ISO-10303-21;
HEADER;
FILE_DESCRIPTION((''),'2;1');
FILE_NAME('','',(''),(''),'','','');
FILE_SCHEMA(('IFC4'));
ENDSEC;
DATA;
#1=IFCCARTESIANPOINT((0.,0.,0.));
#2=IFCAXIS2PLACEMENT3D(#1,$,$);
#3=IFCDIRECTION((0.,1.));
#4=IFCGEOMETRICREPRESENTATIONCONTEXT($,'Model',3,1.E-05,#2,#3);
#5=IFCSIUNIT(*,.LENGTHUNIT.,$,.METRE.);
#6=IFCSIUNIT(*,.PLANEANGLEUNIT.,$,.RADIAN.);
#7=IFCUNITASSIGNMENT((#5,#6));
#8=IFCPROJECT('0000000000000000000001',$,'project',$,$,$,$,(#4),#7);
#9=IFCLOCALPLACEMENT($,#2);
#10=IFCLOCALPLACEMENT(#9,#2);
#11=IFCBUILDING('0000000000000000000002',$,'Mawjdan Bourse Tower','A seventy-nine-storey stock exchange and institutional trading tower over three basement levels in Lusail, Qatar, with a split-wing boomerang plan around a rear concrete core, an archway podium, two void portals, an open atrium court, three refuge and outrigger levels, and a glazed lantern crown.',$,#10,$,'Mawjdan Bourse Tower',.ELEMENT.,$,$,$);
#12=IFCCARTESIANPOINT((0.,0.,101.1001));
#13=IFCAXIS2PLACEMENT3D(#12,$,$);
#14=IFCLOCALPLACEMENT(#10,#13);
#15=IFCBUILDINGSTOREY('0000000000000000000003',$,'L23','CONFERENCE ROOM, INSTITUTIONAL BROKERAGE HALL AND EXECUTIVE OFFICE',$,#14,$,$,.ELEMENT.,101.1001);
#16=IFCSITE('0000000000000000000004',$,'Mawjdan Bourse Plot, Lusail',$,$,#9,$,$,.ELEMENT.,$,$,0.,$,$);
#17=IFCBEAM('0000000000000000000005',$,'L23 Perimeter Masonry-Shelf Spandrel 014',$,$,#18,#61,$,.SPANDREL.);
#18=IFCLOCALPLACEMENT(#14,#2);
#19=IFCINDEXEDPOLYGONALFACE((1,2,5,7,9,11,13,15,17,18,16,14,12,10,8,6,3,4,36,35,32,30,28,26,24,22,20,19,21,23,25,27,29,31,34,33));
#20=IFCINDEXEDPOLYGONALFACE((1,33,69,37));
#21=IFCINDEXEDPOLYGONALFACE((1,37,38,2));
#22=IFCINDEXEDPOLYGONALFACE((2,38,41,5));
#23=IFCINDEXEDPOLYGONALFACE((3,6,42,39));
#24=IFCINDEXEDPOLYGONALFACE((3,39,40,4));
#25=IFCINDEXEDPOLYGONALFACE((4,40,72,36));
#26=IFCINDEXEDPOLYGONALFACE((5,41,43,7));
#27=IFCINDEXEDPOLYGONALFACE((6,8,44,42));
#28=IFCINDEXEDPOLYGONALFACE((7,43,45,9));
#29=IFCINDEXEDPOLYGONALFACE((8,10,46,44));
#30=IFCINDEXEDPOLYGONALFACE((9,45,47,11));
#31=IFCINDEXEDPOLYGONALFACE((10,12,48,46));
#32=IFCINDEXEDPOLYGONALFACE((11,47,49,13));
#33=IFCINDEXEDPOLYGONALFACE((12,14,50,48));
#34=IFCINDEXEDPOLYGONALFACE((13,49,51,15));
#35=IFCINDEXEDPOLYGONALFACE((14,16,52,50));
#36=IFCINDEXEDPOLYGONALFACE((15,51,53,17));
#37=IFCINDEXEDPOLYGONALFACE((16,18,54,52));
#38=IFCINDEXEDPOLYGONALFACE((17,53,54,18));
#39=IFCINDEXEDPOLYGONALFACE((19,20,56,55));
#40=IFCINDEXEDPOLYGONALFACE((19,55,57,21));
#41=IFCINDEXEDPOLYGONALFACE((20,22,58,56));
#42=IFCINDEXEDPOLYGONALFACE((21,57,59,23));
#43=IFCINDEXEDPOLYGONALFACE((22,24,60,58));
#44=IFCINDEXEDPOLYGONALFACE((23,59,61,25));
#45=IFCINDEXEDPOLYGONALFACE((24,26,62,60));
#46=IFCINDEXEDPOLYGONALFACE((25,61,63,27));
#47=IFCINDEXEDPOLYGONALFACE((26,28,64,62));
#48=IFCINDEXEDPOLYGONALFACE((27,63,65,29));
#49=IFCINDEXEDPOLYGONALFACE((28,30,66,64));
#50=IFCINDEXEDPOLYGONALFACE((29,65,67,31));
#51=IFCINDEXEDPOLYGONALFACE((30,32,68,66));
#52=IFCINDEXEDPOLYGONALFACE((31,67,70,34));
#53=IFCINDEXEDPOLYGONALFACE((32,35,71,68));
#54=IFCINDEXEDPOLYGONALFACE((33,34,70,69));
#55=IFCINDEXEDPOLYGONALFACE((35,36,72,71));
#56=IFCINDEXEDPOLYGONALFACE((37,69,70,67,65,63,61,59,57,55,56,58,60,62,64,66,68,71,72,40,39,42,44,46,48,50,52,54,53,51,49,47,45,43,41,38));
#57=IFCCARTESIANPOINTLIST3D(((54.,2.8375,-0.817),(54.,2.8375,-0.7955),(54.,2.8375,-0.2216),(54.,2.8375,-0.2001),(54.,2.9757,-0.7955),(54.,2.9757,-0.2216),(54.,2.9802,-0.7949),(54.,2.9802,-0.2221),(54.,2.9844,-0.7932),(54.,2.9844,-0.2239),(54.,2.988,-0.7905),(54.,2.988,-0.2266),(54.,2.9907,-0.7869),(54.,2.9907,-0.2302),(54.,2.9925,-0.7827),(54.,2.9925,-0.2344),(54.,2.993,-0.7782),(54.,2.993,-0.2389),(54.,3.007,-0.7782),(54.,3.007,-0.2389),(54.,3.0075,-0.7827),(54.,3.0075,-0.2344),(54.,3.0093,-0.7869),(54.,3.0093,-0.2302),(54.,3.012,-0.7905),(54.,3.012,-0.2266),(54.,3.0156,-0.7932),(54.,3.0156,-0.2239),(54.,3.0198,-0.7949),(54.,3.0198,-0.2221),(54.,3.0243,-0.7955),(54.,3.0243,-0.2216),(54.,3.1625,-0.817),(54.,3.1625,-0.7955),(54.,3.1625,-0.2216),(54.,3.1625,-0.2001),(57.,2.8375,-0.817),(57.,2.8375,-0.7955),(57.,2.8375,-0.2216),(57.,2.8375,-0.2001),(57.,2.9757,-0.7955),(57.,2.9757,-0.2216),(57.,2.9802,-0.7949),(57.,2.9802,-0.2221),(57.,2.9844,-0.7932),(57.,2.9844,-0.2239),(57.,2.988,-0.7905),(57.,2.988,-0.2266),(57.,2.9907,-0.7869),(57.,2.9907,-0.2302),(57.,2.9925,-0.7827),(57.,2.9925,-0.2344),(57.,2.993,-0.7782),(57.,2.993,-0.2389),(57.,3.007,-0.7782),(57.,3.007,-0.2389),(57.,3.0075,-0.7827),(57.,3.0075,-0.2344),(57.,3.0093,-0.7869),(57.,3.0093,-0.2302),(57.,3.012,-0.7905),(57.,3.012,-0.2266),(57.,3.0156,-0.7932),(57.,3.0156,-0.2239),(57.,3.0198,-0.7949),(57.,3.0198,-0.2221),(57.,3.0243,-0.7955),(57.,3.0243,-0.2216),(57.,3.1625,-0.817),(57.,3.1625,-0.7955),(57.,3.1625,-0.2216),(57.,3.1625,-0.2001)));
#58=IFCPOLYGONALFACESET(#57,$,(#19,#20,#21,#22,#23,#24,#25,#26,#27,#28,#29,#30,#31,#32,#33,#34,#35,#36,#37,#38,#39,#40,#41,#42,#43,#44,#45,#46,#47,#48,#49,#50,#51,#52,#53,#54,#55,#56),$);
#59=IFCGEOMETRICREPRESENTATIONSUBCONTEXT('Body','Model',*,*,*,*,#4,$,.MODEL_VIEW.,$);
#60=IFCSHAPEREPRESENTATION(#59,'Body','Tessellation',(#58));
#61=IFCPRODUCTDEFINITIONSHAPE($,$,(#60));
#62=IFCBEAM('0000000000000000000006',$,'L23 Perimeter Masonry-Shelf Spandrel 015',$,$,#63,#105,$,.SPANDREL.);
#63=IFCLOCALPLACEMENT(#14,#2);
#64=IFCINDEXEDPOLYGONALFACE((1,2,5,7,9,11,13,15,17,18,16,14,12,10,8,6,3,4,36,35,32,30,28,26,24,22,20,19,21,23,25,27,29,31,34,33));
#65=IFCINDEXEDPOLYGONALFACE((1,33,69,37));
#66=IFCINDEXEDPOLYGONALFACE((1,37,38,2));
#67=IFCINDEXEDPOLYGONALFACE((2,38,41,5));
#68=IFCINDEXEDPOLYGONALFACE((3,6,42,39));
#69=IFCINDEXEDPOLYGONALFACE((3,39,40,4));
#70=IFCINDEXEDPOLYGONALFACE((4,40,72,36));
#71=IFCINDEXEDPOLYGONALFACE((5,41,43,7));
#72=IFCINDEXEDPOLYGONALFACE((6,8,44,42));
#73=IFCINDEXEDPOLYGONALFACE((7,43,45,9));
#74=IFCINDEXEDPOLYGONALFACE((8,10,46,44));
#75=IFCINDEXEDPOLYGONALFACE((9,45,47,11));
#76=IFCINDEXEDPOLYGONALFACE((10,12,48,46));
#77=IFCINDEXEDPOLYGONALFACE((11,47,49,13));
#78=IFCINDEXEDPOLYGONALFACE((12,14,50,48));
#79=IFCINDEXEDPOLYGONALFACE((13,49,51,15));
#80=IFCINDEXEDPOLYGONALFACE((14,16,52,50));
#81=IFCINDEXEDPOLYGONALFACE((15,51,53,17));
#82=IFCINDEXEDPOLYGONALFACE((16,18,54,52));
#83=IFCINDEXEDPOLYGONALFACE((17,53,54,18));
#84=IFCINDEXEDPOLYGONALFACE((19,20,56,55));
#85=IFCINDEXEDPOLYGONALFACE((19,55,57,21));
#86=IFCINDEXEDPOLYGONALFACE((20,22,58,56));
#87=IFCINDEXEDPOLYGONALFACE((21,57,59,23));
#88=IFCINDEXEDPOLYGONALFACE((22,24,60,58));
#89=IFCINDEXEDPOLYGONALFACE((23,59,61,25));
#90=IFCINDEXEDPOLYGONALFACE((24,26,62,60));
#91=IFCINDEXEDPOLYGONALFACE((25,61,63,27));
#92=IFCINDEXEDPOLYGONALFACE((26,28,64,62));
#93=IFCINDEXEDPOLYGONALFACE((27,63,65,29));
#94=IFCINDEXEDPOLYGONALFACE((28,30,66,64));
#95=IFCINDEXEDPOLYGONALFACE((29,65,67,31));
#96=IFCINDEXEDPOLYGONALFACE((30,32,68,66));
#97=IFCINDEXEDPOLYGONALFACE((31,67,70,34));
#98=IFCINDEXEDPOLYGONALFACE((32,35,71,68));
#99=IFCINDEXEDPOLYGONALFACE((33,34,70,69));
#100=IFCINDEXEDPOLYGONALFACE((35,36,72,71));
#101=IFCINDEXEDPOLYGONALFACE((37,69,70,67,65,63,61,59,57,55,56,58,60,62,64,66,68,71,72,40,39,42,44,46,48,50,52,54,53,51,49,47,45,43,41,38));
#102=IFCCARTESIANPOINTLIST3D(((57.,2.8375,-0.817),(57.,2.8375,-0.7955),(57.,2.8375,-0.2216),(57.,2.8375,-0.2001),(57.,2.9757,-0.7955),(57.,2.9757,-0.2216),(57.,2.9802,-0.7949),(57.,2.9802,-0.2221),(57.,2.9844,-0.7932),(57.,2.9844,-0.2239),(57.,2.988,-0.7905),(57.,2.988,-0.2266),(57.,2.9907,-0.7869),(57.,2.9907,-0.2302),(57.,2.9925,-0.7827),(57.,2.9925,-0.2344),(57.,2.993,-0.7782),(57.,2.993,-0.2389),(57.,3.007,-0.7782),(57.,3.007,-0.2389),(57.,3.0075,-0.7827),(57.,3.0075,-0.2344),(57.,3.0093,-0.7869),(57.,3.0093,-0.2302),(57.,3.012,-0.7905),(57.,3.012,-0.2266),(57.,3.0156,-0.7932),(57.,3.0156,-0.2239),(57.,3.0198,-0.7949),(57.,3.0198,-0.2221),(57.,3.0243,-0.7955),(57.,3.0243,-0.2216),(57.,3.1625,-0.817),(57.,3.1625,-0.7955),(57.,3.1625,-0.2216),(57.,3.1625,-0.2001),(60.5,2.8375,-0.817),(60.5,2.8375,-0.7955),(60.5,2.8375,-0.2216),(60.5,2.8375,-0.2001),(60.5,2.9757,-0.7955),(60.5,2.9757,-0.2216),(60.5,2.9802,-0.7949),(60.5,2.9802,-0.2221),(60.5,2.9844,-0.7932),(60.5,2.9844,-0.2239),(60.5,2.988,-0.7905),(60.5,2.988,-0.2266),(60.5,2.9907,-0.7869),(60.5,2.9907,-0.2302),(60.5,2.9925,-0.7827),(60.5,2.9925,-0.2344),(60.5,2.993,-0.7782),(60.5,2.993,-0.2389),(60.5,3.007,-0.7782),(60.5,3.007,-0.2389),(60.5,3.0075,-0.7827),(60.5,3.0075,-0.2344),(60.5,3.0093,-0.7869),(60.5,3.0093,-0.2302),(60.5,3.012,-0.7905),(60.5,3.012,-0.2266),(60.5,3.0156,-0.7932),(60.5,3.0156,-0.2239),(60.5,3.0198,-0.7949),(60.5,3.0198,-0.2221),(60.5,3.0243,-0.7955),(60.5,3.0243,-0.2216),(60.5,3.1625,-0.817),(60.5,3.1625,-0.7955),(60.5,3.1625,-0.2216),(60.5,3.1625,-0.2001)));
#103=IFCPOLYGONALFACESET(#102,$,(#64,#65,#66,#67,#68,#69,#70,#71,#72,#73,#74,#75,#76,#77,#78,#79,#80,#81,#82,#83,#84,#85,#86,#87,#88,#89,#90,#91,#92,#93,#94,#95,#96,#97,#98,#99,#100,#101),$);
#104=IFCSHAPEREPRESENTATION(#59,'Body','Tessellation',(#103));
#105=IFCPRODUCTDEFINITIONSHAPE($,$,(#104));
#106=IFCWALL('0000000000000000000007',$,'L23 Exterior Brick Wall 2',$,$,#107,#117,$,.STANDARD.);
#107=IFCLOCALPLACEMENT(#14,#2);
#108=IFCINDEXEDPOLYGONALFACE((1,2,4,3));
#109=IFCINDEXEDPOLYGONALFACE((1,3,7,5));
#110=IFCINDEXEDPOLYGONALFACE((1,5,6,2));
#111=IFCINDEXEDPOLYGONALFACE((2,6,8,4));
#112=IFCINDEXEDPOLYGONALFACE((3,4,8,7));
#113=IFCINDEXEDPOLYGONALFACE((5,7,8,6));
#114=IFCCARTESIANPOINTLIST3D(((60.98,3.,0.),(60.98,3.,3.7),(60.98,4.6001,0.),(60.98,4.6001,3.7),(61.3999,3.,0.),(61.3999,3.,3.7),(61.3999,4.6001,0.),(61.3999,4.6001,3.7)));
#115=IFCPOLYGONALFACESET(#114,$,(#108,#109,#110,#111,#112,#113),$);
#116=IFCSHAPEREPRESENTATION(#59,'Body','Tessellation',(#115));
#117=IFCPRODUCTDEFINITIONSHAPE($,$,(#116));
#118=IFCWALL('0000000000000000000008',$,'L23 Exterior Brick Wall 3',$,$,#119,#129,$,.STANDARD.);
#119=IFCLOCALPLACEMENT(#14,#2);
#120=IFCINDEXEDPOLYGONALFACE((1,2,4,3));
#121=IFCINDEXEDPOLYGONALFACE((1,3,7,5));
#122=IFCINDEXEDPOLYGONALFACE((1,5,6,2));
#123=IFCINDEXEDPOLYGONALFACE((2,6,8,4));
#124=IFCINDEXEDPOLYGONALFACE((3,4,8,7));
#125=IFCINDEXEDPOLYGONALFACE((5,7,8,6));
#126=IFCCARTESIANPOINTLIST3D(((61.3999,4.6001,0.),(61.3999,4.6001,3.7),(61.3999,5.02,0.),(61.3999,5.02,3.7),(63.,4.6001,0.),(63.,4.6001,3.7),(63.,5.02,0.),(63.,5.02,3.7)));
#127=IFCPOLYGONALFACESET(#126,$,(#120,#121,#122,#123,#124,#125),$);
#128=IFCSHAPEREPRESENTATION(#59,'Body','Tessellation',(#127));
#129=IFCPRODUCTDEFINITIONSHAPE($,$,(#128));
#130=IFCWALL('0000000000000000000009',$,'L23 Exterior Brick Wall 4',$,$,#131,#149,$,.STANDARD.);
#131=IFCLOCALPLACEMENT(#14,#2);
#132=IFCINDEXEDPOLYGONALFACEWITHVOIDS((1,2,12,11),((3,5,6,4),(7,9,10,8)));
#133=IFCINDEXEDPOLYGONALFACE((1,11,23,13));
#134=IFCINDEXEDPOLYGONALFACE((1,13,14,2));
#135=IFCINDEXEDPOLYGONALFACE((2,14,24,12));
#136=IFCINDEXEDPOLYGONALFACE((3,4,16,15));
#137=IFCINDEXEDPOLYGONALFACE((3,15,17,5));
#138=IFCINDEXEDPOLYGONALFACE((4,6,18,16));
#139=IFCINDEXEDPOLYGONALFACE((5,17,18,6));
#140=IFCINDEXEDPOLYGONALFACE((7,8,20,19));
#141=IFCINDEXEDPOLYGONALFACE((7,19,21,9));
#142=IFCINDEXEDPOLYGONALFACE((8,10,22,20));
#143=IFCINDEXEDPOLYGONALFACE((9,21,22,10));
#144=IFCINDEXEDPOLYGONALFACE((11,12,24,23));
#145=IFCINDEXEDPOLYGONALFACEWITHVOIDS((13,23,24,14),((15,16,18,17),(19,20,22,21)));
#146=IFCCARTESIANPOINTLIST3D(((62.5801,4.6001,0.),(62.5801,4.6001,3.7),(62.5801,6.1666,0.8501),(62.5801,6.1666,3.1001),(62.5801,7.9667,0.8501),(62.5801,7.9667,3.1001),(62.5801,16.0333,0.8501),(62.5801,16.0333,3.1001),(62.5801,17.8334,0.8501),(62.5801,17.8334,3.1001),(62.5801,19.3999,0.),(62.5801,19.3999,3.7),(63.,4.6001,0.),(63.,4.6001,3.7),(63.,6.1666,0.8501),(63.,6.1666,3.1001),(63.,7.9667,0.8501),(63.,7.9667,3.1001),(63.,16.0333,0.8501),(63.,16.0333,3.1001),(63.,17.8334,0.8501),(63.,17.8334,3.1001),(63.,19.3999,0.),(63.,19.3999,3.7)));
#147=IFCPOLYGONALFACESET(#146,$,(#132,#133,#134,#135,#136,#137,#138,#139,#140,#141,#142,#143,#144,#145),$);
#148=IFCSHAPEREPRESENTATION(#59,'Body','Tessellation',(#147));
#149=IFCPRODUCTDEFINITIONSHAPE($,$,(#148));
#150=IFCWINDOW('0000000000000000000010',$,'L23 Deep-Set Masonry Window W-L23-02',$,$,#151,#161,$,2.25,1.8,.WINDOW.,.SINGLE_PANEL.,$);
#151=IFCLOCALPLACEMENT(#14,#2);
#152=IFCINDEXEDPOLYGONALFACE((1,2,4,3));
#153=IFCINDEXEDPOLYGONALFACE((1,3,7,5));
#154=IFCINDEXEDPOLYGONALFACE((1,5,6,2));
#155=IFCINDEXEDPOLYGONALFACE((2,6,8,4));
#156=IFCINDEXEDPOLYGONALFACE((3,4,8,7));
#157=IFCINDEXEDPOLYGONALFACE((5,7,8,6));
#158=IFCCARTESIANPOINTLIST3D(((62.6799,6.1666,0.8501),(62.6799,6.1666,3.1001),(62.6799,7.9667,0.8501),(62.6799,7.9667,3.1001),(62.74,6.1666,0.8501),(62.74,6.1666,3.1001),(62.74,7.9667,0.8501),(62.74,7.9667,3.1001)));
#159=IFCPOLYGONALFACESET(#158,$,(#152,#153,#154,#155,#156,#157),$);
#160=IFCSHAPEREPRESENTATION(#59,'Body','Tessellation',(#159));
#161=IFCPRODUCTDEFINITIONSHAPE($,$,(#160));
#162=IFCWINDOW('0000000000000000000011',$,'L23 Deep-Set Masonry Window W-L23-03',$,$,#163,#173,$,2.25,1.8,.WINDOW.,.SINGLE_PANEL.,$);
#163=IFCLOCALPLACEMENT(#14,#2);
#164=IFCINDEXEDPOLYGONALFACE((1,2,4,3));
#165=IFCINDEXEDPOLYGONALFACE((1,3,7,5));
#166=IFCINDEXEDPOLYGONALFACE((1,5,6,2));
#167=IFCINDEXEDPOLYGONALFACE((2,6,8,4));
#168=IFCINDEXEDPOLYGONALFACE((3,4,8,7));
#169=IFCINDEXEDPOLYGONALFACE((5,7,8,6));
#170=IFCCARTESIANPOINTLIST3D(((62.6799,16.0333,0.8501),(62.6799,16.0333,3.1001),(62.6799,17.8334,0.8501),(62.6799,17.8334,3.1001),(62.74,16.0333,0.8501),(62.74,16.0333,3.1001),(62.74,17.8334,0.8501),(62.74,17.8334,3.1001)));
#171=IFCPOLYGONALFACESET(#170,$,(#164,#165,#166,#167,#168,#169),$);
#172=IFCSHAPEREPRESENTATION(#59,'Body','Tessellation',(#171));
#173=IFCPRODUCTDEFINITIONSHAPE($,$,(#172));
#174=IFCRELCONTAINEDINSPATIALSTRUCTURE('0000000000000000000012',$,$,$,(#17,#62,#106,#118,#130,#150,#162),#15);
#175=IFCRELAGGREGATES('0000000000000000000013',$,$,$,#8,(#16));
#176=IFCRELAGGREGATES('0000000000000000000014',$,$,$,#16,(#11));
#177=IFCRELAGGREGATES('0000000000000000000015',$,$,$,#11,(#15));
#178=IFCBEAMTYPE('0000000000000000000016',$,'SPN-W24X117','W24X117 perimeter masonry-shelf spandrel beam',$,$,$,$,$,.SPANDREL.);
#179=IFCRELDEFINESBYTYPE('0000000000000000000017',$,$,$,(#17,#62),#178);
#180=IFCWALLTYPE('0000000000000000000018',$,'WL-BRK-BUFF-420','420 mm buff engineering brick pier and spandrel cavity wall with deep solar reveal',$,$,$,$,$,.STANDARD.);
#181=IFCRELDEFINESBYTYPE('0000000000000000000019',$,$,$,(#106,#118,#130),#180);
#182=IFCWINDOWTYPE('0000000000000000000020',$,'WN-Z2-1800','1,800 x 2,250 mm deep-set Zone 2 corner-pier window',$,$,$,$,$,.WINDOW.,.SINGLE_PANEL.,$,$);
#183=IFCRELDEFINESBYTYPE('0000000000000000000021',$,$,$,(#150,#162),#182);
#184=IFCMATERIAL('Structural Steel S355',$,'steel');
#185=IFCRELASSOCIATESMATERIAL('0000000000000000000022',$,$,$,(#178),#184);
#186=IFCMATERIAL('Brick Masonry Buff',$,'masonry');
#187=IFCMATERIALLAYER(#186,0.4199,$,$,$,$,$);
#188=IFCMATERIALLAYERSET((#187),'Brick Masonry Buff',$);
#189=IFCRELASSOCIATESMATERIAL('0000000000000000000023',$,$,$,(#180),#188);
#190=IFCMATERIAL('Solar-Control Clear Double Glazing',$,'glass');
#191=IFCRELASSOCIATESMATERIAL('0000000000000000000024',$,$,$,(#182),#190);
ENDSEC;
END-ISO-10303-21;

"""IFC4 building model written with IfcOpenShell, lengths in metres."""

from ifc_helpers import new_model, si_unit, direction, frame, frame_2d, origin, origin_2d, place, context, subcontext, project, spatial, rectangle, i_section, extrude, material, layer, layer_set, material_profile, profile_set, type_object, element, fill, save


model = new_model("IFC4")

# Units and contexts
model_context = context("Model", 3, precision=1e-05, world=origin(), true_north=direction((0.0, 1.0)))
body_context = subcontext(model_context, "Body", "Model", "MODEL_VIEW")
ifc_project = project(units=[si_unit("LENGTHUNIT", "METRE"), si_unit("PLANEANGLEUNIT", "RADIAN")], contexts=[model_context])

# Site, building, storey
site_placement = place(None, origin())
site = spatial("IfcSite", under=ifc_project, at=site_placement, Name="Mawjdan Bourse Plot, Lusail", CompositionType="ELEMENT", RefElevation=0.0)
building_placement = place(site_placement, origin())
building = spatial("IfcBuilding", under=site, at=building_placement, Name="Mawjdan Bourse Tower", Description="A seventy-nine-storey stock exchange and institutional trading tower over three basement levels in Lusail, Qatar, with a split-wing boomerang plan around a rear concrete core, an archway podium, two void portals, an open atrium court, three refuge and outrigger levels, and a glazed lantern crown.", LongName="Mawjdan Bourse Tower", CompositionType="ELEMENT")
storey_placement = place(building_placement, frame((0.0, 0.0, 101.1001)))
storey = spatial("IfcBuildingStorey", under=building, at=storey_placement, Name="L23", Description="CONFERENCE ROOM, INSTITUTIONAL BROKERAGE HALL AND EXECUTIVE OFFICE", CompositionType="ELEMENT", Elevation=101.1001)

# Beams
ifc_material_1 = material(Name="Structural Steel S355", Category="steel")
ifc_material_profile_1 = material_profile(ifc_material_1, i_section(OverallWidth=0.325, OverallDepth=0.6169, WebThickness=0.0139, FlangeThickness=0.0215, FilletRadius=0.0173, at=origin_2d()), Name="W24X117")
ifc_profile_set_1 = profile_set([ifc_material_profile_1], Name="Structural Steel S355")
beam_type_1 = type_object("IfcBeamType", Name="SPN-W24X117", Description="W24X117 perimeter masonry-shelf spandrel beam", PredefinedType="SPANDREL", material=ifc_profile_set_1)
for number, where, z_axis, x_axis, name in (
    (1, (54.0, 3.0, -0.5085), (1.0, 0.0, 0.0), (0.0, 1.0, 0.0), "L23 Perimeter Masonry-Shelf Spandrel 014"),
):
    element("IfcBeam", number, at=place(storey_placement, frame(where, z_axis=z_axis, x_axis=x_axis)), inside=storey, type_object=beam_type_1, Name=name, PredefinedType="SPANDREL", context=body_context, shape_type="SweptSolid", body=[
        extrude(i_section(OverallWidth=0.325, OverallDepth=0.6169, WebThickness=0.0139, FlangeThickness=0.0215, FilletRadius=0.0173, at=origin_2d()), origin(), (0.0, 0.0, 1.0), 3.0),
    ])
beam_1_placement = place(storey_placement, frame((57.0, 3.0, -0.5085), z_axis=(1.0, 0.0, 0.0), x_axis=(0.0, 1.0, 0.0)))
element("IfcBeam", 2, at=beam_1_placement, inside=storey, type_object=beam_type_1, Name="L23 Perimeter Masonry-Shelf Spandrel 015", PredefinedType="SPANDREL", context=body_context, shape_type="SweptSolid", body=[
    extrude(i_section(OverallWidth=0.325, OverallDepth=0.6169, WebThickness=0.0139, FlangeThickness=0.0215, FilletRadius=0.0173, at=origin_2d()), origin(), (0.0, 0.0, 1.0), 3.5),
])

# Walls
ifc_material_2 = material(Name="Brick Masonry Buff", Category="masonry")
ifc_layer_1 = layer(ifc_material_2, 0.4199)
ifc_layer_set_1 = layer_set([ifc_layer_1], Name="Brick Masonry Buff")
wall_type_1 = type_object("IfcWallType", Name="WL-BRK-BUFF-420", Description="420 mm buff engineering brick pier and spandrel cavity wall with deep solar reveal", PredefinedType="STANDARD", material=ifc_layer_set_1)
for number, where, z_axis, x_axis, name in (
    (3, (61.1899, 3.0, 0.0), (0.0, 0.0, 1.0), (0.0, 1.0, 0.0), "L23 Exterior Brick Wall 2"),
    (4, (61.3999, 4.8101, 0.0), (0.0, 0.0, 1.0), (1.0, 0.0, 0.0), "L23 Exterior Brick Wall 3"),
):
    element("IfcWall", number, at=place(storey_placement, frame(where, z_axis=z_axis, x_axis=x_axis)), inside=storey, type_object=wall_type_1, Name=name, PredefinedType="STANDARD", context=body_context, shape_type="SweptSolid", body=[
        extrude(rectangle(XDim=1.6001, YDim=0.4199, at=frame_2d((0.8, 0.0))), origin(), (0.0, 0.0, 1.0), 3.7),
    ])

# Wall, openings, windows
wall_1_placement = place(storey_placement, frame((62.79, 4.6001, 0.0), z_axis=(0.0, 0.0, 1.0), x_axis=(0.0, 1.0, 0.0)))
wall_1 = element("IfcWall", 5, at=wall_1_placement, inside=storey, type_object=wall_type_1, Name="L23 Exterior Brick Wall 4", PredefinedType="STANDARD", context=body_context, shape_type="SweptSolid", body=[
    extrude(rectangle(XDim=14.7998, YDim=0.4199, at=frame_2d((7.3999, 0.0))), origin(), (0.0, 0.0, 1.0), 3.7),
])
opening_1_placement = place(wall_1_placement, frame((1.5667, 0.0, 0.8501)))
opening_1 = element("IfcOpeningElement", 6, at=opening_1_placement, cuts=wall_1, PredefinedType="OPENING", context=body_context, shape_type="SweptSolid", body=[
    extrude(rectangle(XDim=1.8, YDim=2.25, at=frame_2d((0.8999, 1.125))), frame((0.0, 0.22, 0.0), z_axis=(0.0, -1.0, 0.0), x_axis=(1.0, 0.0, 0.0)), (0.0, 0.0, 1.0), 0.4399),
])
opening_2_placement = place(wall_1_placement, frame((11.4333, 0.0, 0.8501)))
opening_2 = element("IfcOpeningElement", 7, at=opening_2_placement, cuts=wall_1, PredefinedType="OPENING", context=body_context, shape_type="SweptSolid", body=[
    extrude(rectangle(XDim=1.8, YDim=2.25, at=frame_2d((0.8999, 1.125))), frame((0.0, 0.22, 0.0), z_axis=(0.0, -1.0, 0.0), x_axis=(1.0, 0.0, 0.0)), (0.0, 0.0, 1.0), 0.4399),
])
ifc_material_3 = material(Name="Solar-Control Clear Double Glazing", Category="glass")
window_type = type_object("IfcWindowType", Name="WN-Z2-1800", Description="1,800 x 2,250 mm deep-set Zone 2 corner-pier window", PartitioningType="SINGLE_PANEL", PredefinedType="WINDOW", material=ifc_material_3)
window_1_placement = place(opening_1_placement, origin())
window_1 = element("IfcWindow", 8, at=window_1_placement, inside=storey, type_object=window_type, Name="L23 Deep-Set Masonry Window W-L23-02", OverallHeight=2.25, OverallWidth=1.8, PartitioningType="SINGLE_PANEL", PredefinedType="WINDOW", context=body_context, shape_type="SweptSolid", body=[
    extrude(rectangle(XDim=1.8, YDim=2.25, at=frame_2d((0.8999, 1.125))), frame((0.0, 0.1101, 0.0), z_axis=(0.0, -1.0, 0.0), x_axis=(1.0, 0.0, 0.0)), (0.0, 0.0, 1.0), 0.0601),
])
fill(opening_1, window_1)
window_2_placement = place(opening_2_placement, origin())
window_2 = element("IfcWindow", 9, at=window_2_placement, inside=storey, type_object=window_type, Name="L23 Deep-Set Masonry Window W-L23-03", OverallHeight=2.25, OverallWidth=1.8, PartitioningType="SINGLE_PANEL", PredefinedType="WINDOW", context=body_context, shape_type="SweptSolid", body=[
    extrude(rectangle(XDim=1.8, YDim=2.25, at=frame_2d((0.8999, 1.125))), frame((0.0, 0.1101, 0.0), z_axis=(0.0, -1.0, 0.0), x_axis=(1.0, 0.0, 0.0)), (0.0, 0.0, 1.0), 0.0601),
])
fill(opening_2, window_2)

save(model, "model.ifc")
